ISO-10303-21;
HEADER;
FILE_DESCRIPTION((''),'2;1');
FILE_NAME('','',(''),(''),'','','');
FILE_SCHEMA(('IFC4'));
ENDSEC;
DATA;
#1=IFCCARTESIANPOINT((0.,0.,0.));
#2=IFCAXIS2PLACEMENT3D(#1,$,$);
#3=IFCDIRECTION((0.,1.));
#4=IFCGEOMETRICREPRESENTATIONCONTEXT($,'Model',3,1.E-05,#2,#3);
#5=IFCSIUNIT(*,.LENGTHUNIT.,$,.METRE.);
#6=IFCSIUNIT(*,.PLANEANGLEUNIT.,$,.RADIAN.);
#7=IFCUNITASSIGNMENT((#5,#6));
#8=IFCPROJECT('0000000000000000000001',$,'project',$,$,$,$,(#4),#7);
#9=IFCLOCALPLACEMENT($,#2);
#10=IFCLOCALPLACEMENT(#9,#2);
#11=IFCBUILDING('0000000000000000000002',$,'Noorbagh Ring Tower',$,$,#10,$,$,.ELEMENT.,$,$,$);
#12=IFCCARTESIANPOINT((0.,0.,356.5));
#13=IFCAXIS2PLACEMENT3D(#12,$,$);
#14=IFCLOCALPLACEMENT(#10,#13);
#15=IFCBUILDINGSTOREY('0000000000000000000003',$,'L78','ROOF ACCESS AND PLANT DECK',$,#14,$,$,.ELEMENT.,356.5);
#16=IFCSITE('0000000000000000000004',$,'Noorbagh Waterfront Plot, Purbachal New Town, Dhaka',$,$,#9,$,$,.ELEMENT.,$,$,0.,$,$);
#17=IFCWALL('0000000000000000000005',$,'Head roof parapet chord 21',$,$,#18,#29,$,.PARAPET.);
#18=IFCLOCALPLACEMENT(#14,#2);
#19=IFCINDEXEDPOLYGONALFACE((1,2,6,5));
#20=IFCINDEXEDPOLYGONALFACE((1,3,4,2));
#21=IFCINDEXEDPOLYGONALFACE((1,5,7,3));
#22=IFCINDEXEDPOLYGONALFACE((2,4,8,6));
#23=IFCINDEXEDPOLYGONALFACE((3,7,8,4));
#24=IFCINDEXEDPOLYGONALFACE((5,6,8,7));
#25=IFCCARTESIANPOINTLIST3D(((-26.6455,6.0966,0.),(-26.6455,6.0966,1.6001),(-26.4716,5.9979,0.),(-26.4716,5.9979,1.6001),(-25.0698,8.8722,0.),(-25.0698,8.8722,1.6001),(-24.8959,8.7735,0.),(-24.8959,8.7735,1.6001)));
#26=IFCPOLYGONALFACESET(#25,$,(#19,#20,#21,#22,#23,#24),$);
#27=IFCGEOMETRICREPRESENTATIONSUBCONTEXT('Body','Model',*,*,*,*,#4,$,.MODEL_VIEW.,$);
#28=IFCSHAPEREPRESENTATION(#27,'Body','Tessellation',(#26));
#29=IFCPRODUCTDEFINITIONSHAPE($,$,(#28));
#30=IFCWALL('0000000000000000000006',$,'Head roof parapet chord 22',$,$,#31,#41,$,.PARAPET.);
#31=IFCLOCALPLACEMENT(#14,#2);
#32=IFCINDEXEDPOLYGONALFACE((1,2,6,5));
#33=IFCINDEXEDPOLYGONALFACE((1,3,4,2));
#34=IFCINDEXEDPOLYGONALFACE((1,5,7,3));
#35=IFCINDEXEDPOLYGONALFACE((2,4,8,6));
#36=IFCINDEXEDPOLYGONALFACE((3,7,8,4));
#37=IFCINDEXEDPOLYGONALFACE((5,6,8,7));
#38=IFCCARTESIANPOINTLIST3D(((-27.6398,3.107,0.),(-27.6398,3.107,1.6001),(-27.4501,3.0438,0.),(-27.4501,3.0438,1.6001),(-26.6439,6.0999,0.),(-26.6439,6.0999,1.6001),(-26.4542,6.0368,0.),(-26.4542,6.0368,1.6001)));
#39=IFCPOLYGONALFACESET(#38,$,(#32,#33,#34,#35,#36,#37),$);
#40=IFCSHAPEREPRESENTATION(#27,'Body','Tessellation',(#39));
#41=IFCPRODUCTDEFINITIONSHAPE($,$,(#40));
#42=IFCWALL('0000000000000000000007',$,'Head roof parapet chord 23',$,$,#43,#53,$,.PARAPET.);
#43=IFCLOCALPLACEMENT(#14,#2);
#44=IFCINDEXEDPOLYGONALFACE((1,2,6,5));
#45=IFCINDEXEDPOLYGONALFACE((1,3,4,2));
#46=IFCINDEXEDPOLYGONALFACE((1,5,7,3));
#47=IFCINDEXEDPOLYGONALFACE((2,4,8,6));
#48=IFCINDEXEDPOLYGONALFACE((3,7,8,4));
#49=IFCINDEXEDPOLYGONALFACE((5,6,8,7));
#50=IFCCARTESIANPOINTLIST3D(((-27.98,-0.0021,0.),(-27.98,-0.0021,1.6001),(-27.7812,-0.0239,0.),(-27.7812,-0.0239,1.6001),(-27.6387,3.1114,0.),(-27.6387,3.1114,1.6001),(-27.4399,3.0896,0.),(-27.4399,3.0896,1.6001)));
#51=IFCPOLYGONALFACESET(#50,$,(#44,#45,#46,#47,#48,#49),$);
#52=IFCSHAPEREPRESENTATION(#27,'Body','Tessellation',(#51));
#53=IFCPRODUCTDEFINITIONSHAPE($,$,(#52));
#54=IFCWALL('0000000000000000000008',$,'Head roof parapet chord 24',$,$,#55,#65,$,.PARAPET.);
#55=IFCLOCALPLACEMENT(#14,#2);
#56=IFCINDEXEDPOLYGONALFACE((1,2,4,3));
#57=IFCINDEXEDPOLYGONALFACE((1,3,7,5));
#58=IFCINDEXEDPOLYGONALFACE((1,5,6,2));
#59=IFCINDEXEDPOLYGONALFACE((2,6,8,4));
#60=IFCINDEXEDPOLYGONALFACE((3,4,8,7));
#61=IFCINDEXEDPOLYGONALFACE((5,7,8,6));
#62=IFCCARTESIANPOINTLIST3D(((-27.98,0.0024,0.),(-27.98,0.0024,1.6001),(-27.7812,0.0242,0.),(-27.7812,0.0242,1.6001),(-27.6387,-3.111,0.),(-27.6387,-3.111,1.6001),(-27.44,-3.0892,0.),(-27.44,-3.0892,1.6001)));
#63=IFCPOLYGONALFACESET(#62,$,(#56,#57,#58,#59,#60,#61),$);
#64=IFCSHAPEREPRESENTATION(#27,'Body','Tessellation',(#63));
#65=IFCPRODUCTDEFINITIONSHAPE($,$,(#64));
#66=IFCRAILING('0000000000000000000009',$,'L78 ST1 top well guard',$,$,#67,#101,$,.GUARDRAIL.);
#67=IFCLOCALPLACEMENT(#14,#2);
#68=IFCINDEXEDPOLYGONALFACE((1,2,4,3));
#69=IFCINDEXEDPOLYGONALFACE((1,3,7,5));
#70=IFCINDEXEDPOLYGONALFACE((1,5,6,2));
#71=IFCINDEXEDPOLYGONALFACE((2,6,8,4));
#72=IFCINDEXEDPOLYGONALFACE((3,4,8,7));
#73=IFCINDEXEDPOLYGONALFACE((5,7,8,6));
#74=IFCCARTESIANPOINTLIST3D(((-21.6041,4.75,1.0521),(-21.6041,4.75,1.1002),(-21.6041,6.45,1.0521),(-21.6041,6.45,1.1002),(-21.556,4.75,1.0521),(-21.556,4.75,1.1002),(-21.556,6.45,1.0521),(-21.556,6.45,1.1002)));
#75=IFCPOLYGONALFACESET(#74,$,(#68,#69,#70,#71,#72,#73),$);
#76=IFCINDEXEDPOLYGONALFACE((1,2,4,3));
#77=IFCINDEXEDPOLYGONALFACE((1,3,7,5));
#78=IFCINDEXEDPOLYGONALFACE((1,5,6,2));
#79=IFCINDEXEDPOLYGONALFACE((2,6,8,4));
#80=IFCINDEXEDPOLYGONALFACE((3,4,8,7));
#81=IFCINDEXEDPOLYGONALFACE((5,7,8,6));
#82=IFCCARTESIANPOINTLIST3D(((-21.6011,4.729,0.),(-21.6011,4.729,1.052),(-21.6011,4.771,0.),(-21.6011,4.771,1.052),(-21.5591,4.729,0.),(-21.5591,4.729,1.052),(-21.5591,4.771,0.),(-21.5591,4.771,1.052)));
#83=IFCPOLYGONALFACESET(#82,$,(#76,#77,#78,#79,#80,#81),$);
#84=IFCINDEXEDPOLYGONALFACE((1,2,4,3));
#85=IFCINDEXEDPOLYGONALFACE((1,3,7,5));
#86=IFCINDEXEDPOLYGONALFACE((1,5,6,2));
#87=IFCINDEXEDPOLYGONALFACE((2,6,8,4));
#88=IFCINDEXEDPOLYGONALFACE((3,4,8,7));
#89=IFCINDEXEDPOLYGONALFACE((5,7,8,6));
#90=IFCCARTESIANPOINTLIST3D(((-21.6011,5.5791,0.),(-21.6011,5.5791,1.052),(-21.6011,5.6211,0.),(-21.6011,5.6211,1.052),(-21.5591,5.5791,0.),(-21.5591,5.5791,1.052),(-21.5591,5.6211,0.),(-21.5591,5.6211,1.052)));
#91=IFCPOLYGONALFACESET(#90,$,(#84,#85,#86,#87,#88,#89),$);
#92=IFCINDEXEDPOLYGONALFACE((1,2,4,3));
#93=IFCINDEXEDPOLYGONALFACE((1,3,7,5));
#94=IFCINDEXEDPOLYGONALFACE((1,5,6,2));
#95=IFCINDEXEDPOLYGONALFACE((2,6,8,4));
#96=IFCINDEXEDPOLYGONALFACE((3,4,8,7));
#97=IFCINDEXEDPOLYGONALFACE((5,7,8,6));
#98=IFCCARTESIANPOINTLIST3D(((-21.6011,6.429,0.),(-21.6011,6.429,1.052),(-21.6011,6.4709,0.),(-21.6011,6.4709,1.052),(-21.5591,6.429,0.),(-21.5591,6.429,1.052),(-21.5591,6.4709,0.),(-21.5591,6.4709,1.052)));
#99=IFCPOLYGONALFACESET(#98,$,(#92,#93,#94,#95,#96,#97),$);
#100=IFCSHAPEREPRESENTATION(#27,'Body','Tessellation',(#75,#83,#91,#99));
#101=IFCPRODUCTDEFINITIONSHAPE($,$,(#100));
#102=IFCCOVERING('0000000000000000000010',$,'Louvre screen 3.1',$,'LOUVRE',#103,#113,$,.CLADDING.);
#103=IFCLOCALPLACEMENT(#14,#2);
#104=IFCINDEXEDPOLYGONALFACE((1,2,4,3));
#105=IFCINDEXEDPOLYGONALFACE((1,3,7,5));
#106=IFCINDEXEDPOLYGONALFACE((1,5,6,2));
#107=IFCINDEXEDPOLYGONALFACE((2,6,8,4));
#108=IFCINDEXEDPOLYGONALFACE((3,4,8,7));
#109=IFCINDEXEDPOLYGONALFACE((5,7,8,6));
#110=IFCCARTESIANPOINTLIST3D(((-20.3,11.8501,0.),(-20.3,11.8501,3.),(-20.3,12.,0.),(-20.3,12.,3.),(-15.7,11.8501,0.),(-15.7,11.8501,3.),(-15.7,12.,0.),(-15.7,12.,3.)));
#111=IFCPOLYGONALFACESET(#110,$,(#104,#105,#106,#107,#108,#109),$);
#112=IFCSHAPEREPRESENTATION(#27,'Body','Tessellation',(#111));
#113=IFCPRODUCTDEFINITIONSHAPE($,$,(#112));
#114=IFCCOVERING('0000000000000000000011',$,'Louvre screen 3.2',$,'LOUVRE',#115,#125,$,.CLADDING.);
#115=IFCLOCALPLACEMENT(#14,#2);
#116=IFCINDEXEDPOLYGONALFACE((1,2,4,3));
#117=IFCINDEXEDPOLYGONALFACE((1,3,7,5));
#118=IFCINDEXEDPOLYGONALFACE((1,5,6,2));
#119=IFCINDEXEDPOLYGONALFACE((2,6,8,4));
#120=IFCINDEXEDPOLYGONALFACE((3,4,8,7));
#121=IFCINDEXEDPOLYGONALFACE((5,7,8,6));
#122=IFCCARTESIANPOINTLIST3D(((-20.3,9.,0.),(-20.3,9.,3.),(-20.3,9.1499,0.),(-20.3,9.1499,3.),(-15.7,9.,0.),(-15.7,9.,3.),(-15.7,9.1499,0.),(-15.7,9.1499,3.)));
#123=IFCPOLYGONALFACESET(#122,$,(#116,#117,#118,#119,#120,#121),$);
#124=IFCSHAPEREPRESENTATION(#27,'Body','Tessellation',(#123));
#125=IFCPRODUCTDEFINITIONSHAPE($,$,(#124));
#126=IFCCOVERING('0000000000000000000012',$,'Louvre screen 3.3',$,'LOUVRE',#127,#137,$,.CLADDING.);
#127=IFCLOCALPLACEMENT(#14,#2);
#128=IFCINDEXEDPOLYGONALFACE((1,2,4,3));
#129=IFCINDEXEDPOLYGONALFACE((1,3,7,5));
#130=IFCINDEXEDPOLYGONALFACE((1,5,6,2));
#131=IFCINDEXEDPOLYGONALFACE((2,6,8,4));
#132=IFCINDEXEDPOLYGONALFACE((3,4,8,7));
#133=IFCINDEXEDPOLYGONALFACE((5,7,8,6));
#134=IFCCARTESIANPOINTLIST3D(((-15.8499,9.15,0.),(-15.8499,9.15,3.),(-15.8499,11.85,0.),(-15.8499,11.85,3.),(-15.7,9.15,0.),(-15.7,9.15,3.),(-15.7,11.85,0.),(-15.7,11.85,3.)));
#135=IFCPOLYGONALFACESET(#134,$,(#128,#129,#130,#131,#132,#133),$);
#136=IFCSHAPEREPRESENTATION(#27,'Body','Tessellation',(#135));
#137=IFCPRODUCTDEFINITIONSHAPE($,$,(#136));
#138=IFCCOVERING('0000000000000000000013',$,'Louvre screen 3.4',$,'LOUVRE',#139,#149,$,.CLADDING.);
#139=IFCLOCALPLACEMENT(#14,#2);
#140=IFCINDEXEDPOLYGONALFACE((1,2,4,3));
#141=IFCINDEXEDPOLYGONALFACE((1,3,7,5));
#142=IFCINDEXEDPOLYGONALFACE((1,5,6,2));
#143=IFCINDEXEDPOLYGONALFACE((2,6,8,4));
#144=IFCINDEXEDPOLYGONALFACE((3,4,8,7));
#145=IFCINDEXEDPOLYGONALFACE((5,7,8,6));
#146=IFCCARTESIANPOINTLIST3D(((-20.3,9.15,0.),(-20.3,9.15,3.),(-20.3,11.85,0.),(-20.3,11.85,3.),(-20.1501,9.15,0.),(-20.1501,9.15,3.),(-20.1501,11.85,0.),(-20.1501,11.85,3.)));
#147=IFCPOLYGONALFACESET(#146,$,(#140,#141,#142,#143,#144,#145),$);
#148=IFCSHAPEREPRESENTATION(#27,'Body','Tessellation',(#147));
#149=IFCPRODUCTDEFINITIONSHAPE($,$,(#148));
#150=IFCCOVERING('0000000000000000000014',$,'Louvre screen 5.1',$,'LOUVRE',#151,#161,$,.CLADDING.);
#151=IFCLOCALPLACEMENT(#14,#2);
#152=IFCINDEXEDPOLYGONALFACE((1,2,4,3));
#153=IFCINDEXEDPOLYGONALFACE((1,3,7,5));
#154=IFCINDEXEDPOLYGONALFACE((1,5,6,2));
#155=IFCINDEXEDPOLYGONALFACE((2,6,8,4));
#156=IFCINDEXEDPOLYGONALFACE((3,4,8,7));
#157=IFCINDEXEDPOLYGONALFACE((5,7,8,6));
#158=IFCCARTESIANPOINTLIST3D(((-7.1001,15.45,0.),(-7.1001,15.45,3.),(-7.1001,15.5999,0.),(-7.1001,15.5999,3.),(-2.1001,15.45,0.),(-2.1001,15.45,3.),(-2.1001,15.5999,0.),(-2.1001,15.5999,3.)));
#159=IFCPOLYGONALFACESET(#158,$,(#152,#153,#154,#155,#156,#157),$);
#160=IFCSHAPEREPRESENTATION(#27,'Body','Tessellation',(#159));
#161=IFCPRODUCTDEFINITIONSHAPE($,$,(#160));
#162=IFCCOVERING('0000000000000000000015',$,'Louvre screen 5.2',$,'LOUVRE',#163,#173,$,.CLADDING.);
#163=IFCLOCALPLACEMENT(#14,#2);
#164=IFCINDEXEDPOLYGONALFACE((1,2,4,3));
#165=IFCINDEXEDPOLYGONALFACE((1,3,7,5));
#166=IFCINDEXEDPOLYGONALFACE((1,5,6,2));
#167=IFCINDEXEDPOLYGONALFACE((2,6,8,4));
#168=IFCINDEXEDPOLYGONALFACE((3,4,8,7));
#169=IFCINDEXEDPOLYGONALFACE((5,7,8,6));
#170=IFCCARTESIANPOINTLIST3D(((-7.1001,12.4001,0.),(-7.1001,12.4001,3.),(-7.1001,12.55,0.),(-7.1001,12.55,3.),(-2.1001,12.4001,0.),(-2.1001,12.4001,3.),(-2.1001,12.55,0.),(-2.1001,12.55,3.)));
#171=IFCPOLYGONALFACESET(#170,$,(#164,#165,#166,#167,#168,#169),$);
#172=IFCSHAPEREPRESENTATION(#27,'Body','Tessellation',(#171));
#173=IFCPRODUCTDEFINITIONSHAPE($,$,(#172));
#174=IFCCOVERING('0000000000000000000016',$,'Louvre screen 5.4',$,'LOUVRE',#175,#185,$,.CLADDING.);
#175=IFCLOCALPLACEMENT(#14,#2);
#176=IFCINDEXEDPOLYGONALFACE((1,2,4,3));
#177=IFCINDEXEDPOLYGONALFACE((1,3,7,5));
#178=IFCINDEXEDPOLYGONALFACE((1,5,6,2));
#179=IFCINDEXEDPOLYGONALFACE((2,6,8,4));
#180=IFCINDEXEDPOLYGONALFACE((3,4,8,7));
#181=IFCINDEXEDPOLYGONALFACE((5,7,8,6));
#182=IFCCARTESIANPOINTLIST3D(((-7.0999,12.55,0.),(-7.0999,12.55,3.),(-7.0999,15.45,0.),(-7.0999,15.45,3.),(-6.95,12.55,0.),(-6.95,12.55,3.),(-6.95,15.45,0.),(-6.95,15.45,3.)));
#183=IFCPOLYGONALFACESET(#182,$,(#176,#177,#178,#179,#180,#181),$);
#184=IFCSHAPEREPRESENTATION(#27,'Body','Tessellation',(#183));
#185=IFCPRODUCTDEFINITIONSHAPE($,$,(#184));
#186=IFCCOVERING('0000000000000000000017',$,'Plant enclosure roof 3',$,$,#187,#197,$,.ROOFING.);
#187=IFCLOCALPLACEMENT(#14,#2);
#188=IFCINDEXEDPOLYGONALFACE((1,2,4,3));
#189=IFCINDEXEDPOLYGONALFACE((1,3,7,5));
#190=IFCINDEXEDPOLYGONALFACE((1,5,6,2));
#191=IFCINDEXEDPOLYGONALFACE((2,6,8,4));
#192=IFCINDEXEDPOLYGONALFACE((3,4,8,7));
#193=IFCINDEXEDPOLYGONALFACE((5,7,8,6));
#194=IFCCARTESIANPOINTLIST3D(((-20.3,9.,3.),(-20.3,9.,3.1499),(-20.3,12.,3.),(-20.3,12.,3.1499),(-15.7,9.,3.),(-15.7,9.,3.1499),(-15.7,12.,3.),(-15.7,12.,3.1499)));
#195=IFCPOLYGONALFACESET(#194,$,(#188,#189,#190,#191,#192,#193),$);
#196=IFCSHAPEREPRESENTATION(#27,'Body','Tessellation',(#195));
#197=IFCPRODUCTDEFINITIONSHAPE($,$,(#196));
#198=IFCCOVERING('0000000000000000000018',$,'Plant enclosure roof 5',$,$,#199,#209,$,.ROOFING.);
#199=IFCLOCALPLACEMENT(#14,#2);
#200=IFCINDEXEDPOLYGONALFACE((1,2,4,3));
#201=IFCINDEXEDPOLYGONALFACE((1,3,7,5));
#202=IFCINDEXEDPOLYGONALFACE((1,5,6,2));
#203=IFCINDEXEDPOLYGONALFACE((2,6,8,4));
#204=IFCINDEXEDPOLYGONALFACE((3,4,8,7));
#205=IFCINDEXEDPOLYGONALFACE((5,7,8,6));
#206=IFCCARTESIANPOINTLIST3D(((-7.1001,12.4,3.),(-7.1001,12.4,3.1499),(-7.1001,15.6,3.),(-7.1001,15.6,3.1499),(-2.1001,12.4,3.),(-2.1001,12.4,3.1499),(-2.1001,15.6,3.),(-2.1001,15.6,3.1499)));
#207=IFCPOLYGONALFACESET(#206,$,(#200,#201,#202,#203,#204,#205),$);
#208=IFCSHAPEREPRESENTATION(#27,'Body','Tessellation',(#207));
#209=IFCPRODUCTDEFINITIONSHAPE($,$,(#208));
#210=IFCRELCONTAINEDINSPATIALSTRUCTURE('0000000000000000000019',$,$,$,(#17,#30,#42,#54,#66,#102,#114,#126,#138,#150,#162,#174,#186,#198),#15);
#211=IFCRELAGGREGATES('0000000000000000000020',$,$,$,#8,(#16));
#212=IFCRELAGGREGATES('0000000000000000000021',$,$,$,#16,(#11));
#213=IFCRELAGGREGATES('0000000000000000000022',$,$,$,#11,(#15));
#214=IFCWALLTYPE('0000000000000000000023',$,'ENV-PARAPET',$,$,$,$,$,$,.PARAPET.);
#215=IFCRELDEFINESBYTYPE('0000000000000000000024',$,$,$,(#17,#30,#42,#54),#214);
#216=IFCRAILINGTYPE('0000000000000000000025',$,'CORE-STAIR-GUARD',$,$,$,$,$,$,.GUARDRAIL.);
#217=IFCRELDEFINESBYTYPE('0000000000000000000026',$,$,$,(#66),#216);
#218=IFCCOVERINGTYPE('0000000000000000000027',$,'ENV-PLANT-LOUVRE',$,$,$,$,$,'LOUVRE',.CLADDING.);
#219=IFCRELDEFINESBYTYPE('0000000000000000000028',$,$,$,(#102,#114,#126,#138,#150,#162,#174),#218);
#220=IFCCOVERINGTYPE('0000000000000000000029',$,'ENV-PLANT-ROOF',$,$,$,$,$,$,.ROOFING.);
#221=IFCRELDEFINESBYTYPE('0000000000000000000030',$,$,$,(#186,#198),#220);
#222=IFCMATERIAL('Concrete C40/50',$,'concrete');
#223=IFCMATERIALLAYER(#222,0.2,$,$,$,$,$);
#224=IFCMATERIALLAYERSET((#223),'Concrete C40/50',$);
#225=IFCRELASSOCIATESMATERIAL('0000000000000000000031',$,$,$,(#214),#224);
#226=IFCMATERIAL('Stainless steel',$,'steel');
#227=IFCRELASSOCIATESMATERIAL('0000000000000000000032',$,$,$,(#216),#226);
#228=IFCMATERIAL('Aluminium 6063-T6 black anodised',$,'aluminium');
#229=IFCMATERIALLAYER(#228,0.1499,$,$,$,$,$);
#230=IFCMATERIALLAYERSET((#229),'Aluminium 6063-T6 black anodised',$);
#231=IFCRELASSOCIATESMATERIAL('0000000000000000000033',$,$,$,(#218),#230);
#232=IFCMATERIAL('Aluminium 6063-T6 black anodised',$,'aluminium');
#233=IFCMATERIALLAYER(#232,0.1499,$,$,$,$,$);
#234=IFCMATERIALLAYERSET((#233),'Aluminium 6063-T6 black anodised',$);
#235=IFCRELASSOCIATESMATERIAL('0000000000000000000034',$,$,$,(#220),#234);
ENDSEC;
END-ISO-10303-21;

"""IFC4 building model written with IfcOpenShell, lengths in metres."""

from ifc_helpers import new_model, si_unit, direction, frame, frame_2d, origin, origin_2d, place, context, subcontext, project, spatial, rectangle, extrude, material, layer, layer_set, type_object, element, save


model = new_model("IFC4")

# Units and contexts
model_context = context("Model", 3, precision=1e-05, world=origin(), true_north=direction((0.0, 1.0)))
body_context = subcontext(model_context, "Body", "Model", "MODEL_VIEW")
ifc_project = project(units=[si_unit("LENGTHUNIT", "METRE"), si_unit("PLANEANGLEUNIT", "RADIAN")], contexts=[model_context])

# Site, building, storey
site_placement = place(None, origin())
site = spatial("IfcSite", under=ifc_project, at=site_placement, Name="Noorbagh Waterfront Plot, Purbachal New Town, Dhaka", CompositionType="ELEMENT", RefElevation=0.0)
building_placement = place(site_placement, origin())
building = spatial("IfcBuilding", under=site, at=building_placement, Name="Noorbagh Ring Tower", CompositionType="ELEMENT")
storey_placement = place(building_placement, frame((0.0, 0.0, 356.5)))
storey = spatial("IfcBuildingStorey", under=building, at=storey_placement, Name="L78", Description="ROOF ACCESS AND PLANT DECK", CompositionType="ELEMENT", Elevation=356.5)

# Walls
ifc_material_1 = material(Name="Concrete C40/50", Category="concrete")
ifc_layer_1 = layer(ifc_material_1, 0.2)
ifc_layer_set_1 = layer_set([ifc_layer_1], Name="Concrete C40/50")
wall_type_1 = type_object("IfcWallType", Name="ENV-PARAPET", PredefinedType="PARAPET", material=ifc_layer_set_1)
wall_1_placement = place(storey_placement, frame((-24.9829, 8.8228, 0.0), z_axis=(0.0, 0.0, 1.0), x_axis=(-0.493682, -0.869642, 0.0)))
element("IfcWall", 1, at=wall_1_placement, inside=storey, type_object=wall_type_1, Name="Head roof parapet chord 21", PredefinedType="PARAPET", context=body_context, shape_type="SweptSolid", body=[
    extrude(rectangle(XDim=3.1917, YDim=0.2, at=frame_2d((1.5957, 0.0))), origin(), (0.0, 0.0, 1.0), 1.6001),
])
wall_2_placement = place(storey_placement, frame((-26.5491, 6.0684, 0.0), z_axis=(0.0, 0.0, 1.0), x_axis=(-0.315717, -0.948853, 0.0)))
element("IfcWall", 2, at=wall_2_placement, inside=storey, type_object=wall_type_1, Name="Head roof parapet chord 22", PredefinedType="PARAPET", context=body_context, shape_type="SweptSolid", body=[
    extrude(rectangle(XDim=3.1543, YDim=0.2, at=frame_2d((1.5771, 0.0))), origin(), (0.0, 0.0, 1.0), 1.6001),
])
for number, where, z_axis, x_axis, name in (
    (3, (-27.5393, 3.1003, 0.0), (0.0, 0.0, 1.0), (-0.108968, -0.994045, 0.0), "Head roof parapet chord 23"),
    (4, (-27.8806, 0.0132, 0.0), (0.0, 0.0, 1.0), (0.108968, -0.994045, 0.0), "Head roof parapet chord 24"),
):
    element("IfcWall", number, at=place(storey_placement, frame(where, z_axis=z_axis, x_axis=x_axis)), inside=storey, type_object=wall_type_1, Name=name, PredefinedType="PARAPET", context=body_context, shape_type="SweptSolid", body=[
        extrude(rectangle(XDim=3.1321, YDim=0.2, at=frame_2d((1.5659, 0.0))), origin(), (0.0, 0.0, 1.0), 1.6001),
    ])

# Railing
ifc_material_2 = material(Name="Stainless steel", Category="steel")
railing_type = type_object("IfcRailingType", Name="CORE-STAIR-GUARD", PredefinedType="GUARDRAIL", material=ifc_material_2)
railing_placement = place(storey_placement, frame((-21.5801, 4.75, 0.0)))
element("IfcRailing", 5, at=railing_placement, inside=storey, type_object=railing_type, Name="L78 ST1 top well guard", PredefinedType="GUARDRAIL", context=body_context, shape_type="SweptSolid", body=[
    extrude(rectangle(XDim=0.0481, YDim=0.0481, at=origin_2d()), frame((0.0, 0.0, 1.0762), z_axis=(0.0, 1.0, 0.0), x_axis=(-1.0, 0.0, 0.0)), (0.0, 0.0, 1.0), 1.7),
    extrude(rectangle(XDim=0.042, YDim=0.042, at=origin_2d()), origin(), (0.0, 0.0, 1.0), 1.052),
    extrude(rectangle(XDim=0.042, YDim=0.042, at=origin_2d()), frame((0.0, 0.8501, 0.0)), (0.0, 0.0, 1.0), 1.052),
    extrude(rectangle(XDim=0.042, YDim=0.042, at=origin_2d()), frame((0.0, 1.7, 0.0)), (0.0, 0.0, 1.0), 1.052),
])

# Coverings
ifc_material_3 = material(Name="Aluminium 6063-T6 black anodised", Category="aluminium")
ifc_layer_2 = layer(ifc_material_3, 0.1499)
ifc_layer_set_2 = layer_set([ifc_layer_2], Name="Aluminium 6063-T6 black anodised")
covering_type_1 = type_object("IfcCoveringType", Name="ENV-PLANT-LOUVRE", ElementType="LOUVRE", PredefinedType="CLADDING", material=ifc_layer_set_2)
for number, where, z_axis, x_axis, name in (
    (6, (-18.0, 11.925, 0.0), (0.0, 0.0, 1.0), (1.0, 0.0, 0.0), "Louvre screen 3.1"),
    (7, (-18.0, 9.075, 0.0), (0.0, 0.0, 1.0), (1.0, 0.0, 0.0), "Louvre screen 3.2"),
):
    element("IfcCovering", number, at=place(storey_placement, frame(where, z_axis=z_axis, x_axis=x_axis)), inside=storey, type_object=covering_type_1, Name=name, ObjectType="LOUVRE", PredefinedType="CLADDING", context=body_context, shape_type="SweptSolid", body=[
        extrude(rectangle(XDim=4.6001, YDim=0.1499, at=origin_2d()), origin(), (0.0, 0.0, 1.0), 3.0),
    ])
for number, where, z_axis, x_axis, name in (
    (8, (-15.7749, 10.5, 0.0), (0.0, 0.0, 1.0), (1.0, 0.0, 0.0), "Louvre screen 3.3"),
    (9, (-20.2251, 10.5, 0.0), (0.0, 0.0, 1.0), (1.0, 0.0, 0.0), "Louvre screen 3.4"),
):
    element("IfcCovering", number, at=place(storey_placement, frame(where, z_axis=z_axis, x_axis=x_axis)), inside=storey, type_object=covering_type_1, Name=name, ObjectType="LOUVRE", PredefinedType="CLADDING", context=body_context, shape_type="SweptSolid", body=[
        extrude(rectangle(XDim=0.1499, YDim=2.7, at=origin_2d()), origin(), (0.0, 0.0, 1.0), 3.0),
    ])
for number, where, z_axis, x_axis, name in (
    (10, (-4.6001, 15.5249, 0.0), (0.0, 0.0, 1.0), (1.0, 0.0, 0.0), "Louvre screen 5.1"),
    (11, (-4.6001, 12.4751, 0.0), (0.0, 0.0, 1.0), (1.0, 0.0, 0.0), "Louvre screen 5.2"),
):
    element("IfcCovering", number, at=place(storey_placement, frame(where, z_axis=z_axis, x_axis=x_axis)), inside=storey, type_object=covering_type_1, Name=name, ObjectType="LOUVRE", PredefinedType="CLADDING", context=body_context, shape_type="SweptSolid", body=[
        extrude(rectangle(XDim=5.0, YDim=0.1499, at=origin_2d()), origin(), (0.0, 0.0, 1.0), 3.0),
    ])
covering_1_placement = place(storey_placement, frame((-7.0249, 14.0, 0.0), z_axis=(0.0, 0.0, 1.0), x_axis=(1.0, 0.0, 0.0)))
element("IfcCovering", 12, at=covering_1_placement, inside=storey, type_object=covering_type_1, Name="Louvre screen 5.4", ObjectType="LOUVRE", PredefinedType="CLADDING", context=body_context, shape_type="SweptSolid", body=[
    extrude(rectangle(XDim=0.1499, YDim=2.8999, at=origin_2d()), origin(), (0.0, 0.0, 1.0), 3.0),
])
ifc_material_4 = material(Name="Aluminium 6063-T6 black anodised", Category="aluminium")
ifc_layer_3 = layer(ifc_material_4, 0.1499)
ifc_layer_set_3 = layer_set([ifc_layer_3], Name="Aluminium 6063-T6 black anodised")
covering_type_2 = type_object("IfcCoveringType", Name="ENV-PLANT-ROOF", PredefinedType="ROOFING", material=ifc_layer_set_3)
covering_2_placement = place(storey_placement, frame((-18.0, 10.5, 3.0), z_axis=(0.0, 0.0, 1.0), x_axis=(1.0, 0.0, 0.0)))
element("IfcCovering", 13, at=covering_2_placement, inside=storey, type_object=covering_type_2, Name="Plant enclosure roof 3", PredefinedType="ROOFING", context=body_context, shape_type="SweptSolid", body=[
    extrude(rectangle(XDim=4.6001, YDim=3.0, at=origin_2d()), origin(), (0.0, 0.0, 1.0), 0.1499),
])
covering_3_placement = place(storey_placement, frame((-4.6001, 14.0, 3.0), z_axis=(0.0, 0.0, 1.0), x_axis=(1.0, 0.0, 0.0)))
element("IfcCovering", 14, at=covering_3_placement, inside=storey, type_object=covering_type_2, Name="Plant enclosure roof 5", PredefinedType="ROOFING", context=body_context, shape_type="SweptSolid", body=[
    extrude(rectangle(XDim=5.0, YDim=3.2, at=origin_2d()), origin(), (0.0, 0.0, 1.0), 0.1499),
])

save(model, "model.ifc")
